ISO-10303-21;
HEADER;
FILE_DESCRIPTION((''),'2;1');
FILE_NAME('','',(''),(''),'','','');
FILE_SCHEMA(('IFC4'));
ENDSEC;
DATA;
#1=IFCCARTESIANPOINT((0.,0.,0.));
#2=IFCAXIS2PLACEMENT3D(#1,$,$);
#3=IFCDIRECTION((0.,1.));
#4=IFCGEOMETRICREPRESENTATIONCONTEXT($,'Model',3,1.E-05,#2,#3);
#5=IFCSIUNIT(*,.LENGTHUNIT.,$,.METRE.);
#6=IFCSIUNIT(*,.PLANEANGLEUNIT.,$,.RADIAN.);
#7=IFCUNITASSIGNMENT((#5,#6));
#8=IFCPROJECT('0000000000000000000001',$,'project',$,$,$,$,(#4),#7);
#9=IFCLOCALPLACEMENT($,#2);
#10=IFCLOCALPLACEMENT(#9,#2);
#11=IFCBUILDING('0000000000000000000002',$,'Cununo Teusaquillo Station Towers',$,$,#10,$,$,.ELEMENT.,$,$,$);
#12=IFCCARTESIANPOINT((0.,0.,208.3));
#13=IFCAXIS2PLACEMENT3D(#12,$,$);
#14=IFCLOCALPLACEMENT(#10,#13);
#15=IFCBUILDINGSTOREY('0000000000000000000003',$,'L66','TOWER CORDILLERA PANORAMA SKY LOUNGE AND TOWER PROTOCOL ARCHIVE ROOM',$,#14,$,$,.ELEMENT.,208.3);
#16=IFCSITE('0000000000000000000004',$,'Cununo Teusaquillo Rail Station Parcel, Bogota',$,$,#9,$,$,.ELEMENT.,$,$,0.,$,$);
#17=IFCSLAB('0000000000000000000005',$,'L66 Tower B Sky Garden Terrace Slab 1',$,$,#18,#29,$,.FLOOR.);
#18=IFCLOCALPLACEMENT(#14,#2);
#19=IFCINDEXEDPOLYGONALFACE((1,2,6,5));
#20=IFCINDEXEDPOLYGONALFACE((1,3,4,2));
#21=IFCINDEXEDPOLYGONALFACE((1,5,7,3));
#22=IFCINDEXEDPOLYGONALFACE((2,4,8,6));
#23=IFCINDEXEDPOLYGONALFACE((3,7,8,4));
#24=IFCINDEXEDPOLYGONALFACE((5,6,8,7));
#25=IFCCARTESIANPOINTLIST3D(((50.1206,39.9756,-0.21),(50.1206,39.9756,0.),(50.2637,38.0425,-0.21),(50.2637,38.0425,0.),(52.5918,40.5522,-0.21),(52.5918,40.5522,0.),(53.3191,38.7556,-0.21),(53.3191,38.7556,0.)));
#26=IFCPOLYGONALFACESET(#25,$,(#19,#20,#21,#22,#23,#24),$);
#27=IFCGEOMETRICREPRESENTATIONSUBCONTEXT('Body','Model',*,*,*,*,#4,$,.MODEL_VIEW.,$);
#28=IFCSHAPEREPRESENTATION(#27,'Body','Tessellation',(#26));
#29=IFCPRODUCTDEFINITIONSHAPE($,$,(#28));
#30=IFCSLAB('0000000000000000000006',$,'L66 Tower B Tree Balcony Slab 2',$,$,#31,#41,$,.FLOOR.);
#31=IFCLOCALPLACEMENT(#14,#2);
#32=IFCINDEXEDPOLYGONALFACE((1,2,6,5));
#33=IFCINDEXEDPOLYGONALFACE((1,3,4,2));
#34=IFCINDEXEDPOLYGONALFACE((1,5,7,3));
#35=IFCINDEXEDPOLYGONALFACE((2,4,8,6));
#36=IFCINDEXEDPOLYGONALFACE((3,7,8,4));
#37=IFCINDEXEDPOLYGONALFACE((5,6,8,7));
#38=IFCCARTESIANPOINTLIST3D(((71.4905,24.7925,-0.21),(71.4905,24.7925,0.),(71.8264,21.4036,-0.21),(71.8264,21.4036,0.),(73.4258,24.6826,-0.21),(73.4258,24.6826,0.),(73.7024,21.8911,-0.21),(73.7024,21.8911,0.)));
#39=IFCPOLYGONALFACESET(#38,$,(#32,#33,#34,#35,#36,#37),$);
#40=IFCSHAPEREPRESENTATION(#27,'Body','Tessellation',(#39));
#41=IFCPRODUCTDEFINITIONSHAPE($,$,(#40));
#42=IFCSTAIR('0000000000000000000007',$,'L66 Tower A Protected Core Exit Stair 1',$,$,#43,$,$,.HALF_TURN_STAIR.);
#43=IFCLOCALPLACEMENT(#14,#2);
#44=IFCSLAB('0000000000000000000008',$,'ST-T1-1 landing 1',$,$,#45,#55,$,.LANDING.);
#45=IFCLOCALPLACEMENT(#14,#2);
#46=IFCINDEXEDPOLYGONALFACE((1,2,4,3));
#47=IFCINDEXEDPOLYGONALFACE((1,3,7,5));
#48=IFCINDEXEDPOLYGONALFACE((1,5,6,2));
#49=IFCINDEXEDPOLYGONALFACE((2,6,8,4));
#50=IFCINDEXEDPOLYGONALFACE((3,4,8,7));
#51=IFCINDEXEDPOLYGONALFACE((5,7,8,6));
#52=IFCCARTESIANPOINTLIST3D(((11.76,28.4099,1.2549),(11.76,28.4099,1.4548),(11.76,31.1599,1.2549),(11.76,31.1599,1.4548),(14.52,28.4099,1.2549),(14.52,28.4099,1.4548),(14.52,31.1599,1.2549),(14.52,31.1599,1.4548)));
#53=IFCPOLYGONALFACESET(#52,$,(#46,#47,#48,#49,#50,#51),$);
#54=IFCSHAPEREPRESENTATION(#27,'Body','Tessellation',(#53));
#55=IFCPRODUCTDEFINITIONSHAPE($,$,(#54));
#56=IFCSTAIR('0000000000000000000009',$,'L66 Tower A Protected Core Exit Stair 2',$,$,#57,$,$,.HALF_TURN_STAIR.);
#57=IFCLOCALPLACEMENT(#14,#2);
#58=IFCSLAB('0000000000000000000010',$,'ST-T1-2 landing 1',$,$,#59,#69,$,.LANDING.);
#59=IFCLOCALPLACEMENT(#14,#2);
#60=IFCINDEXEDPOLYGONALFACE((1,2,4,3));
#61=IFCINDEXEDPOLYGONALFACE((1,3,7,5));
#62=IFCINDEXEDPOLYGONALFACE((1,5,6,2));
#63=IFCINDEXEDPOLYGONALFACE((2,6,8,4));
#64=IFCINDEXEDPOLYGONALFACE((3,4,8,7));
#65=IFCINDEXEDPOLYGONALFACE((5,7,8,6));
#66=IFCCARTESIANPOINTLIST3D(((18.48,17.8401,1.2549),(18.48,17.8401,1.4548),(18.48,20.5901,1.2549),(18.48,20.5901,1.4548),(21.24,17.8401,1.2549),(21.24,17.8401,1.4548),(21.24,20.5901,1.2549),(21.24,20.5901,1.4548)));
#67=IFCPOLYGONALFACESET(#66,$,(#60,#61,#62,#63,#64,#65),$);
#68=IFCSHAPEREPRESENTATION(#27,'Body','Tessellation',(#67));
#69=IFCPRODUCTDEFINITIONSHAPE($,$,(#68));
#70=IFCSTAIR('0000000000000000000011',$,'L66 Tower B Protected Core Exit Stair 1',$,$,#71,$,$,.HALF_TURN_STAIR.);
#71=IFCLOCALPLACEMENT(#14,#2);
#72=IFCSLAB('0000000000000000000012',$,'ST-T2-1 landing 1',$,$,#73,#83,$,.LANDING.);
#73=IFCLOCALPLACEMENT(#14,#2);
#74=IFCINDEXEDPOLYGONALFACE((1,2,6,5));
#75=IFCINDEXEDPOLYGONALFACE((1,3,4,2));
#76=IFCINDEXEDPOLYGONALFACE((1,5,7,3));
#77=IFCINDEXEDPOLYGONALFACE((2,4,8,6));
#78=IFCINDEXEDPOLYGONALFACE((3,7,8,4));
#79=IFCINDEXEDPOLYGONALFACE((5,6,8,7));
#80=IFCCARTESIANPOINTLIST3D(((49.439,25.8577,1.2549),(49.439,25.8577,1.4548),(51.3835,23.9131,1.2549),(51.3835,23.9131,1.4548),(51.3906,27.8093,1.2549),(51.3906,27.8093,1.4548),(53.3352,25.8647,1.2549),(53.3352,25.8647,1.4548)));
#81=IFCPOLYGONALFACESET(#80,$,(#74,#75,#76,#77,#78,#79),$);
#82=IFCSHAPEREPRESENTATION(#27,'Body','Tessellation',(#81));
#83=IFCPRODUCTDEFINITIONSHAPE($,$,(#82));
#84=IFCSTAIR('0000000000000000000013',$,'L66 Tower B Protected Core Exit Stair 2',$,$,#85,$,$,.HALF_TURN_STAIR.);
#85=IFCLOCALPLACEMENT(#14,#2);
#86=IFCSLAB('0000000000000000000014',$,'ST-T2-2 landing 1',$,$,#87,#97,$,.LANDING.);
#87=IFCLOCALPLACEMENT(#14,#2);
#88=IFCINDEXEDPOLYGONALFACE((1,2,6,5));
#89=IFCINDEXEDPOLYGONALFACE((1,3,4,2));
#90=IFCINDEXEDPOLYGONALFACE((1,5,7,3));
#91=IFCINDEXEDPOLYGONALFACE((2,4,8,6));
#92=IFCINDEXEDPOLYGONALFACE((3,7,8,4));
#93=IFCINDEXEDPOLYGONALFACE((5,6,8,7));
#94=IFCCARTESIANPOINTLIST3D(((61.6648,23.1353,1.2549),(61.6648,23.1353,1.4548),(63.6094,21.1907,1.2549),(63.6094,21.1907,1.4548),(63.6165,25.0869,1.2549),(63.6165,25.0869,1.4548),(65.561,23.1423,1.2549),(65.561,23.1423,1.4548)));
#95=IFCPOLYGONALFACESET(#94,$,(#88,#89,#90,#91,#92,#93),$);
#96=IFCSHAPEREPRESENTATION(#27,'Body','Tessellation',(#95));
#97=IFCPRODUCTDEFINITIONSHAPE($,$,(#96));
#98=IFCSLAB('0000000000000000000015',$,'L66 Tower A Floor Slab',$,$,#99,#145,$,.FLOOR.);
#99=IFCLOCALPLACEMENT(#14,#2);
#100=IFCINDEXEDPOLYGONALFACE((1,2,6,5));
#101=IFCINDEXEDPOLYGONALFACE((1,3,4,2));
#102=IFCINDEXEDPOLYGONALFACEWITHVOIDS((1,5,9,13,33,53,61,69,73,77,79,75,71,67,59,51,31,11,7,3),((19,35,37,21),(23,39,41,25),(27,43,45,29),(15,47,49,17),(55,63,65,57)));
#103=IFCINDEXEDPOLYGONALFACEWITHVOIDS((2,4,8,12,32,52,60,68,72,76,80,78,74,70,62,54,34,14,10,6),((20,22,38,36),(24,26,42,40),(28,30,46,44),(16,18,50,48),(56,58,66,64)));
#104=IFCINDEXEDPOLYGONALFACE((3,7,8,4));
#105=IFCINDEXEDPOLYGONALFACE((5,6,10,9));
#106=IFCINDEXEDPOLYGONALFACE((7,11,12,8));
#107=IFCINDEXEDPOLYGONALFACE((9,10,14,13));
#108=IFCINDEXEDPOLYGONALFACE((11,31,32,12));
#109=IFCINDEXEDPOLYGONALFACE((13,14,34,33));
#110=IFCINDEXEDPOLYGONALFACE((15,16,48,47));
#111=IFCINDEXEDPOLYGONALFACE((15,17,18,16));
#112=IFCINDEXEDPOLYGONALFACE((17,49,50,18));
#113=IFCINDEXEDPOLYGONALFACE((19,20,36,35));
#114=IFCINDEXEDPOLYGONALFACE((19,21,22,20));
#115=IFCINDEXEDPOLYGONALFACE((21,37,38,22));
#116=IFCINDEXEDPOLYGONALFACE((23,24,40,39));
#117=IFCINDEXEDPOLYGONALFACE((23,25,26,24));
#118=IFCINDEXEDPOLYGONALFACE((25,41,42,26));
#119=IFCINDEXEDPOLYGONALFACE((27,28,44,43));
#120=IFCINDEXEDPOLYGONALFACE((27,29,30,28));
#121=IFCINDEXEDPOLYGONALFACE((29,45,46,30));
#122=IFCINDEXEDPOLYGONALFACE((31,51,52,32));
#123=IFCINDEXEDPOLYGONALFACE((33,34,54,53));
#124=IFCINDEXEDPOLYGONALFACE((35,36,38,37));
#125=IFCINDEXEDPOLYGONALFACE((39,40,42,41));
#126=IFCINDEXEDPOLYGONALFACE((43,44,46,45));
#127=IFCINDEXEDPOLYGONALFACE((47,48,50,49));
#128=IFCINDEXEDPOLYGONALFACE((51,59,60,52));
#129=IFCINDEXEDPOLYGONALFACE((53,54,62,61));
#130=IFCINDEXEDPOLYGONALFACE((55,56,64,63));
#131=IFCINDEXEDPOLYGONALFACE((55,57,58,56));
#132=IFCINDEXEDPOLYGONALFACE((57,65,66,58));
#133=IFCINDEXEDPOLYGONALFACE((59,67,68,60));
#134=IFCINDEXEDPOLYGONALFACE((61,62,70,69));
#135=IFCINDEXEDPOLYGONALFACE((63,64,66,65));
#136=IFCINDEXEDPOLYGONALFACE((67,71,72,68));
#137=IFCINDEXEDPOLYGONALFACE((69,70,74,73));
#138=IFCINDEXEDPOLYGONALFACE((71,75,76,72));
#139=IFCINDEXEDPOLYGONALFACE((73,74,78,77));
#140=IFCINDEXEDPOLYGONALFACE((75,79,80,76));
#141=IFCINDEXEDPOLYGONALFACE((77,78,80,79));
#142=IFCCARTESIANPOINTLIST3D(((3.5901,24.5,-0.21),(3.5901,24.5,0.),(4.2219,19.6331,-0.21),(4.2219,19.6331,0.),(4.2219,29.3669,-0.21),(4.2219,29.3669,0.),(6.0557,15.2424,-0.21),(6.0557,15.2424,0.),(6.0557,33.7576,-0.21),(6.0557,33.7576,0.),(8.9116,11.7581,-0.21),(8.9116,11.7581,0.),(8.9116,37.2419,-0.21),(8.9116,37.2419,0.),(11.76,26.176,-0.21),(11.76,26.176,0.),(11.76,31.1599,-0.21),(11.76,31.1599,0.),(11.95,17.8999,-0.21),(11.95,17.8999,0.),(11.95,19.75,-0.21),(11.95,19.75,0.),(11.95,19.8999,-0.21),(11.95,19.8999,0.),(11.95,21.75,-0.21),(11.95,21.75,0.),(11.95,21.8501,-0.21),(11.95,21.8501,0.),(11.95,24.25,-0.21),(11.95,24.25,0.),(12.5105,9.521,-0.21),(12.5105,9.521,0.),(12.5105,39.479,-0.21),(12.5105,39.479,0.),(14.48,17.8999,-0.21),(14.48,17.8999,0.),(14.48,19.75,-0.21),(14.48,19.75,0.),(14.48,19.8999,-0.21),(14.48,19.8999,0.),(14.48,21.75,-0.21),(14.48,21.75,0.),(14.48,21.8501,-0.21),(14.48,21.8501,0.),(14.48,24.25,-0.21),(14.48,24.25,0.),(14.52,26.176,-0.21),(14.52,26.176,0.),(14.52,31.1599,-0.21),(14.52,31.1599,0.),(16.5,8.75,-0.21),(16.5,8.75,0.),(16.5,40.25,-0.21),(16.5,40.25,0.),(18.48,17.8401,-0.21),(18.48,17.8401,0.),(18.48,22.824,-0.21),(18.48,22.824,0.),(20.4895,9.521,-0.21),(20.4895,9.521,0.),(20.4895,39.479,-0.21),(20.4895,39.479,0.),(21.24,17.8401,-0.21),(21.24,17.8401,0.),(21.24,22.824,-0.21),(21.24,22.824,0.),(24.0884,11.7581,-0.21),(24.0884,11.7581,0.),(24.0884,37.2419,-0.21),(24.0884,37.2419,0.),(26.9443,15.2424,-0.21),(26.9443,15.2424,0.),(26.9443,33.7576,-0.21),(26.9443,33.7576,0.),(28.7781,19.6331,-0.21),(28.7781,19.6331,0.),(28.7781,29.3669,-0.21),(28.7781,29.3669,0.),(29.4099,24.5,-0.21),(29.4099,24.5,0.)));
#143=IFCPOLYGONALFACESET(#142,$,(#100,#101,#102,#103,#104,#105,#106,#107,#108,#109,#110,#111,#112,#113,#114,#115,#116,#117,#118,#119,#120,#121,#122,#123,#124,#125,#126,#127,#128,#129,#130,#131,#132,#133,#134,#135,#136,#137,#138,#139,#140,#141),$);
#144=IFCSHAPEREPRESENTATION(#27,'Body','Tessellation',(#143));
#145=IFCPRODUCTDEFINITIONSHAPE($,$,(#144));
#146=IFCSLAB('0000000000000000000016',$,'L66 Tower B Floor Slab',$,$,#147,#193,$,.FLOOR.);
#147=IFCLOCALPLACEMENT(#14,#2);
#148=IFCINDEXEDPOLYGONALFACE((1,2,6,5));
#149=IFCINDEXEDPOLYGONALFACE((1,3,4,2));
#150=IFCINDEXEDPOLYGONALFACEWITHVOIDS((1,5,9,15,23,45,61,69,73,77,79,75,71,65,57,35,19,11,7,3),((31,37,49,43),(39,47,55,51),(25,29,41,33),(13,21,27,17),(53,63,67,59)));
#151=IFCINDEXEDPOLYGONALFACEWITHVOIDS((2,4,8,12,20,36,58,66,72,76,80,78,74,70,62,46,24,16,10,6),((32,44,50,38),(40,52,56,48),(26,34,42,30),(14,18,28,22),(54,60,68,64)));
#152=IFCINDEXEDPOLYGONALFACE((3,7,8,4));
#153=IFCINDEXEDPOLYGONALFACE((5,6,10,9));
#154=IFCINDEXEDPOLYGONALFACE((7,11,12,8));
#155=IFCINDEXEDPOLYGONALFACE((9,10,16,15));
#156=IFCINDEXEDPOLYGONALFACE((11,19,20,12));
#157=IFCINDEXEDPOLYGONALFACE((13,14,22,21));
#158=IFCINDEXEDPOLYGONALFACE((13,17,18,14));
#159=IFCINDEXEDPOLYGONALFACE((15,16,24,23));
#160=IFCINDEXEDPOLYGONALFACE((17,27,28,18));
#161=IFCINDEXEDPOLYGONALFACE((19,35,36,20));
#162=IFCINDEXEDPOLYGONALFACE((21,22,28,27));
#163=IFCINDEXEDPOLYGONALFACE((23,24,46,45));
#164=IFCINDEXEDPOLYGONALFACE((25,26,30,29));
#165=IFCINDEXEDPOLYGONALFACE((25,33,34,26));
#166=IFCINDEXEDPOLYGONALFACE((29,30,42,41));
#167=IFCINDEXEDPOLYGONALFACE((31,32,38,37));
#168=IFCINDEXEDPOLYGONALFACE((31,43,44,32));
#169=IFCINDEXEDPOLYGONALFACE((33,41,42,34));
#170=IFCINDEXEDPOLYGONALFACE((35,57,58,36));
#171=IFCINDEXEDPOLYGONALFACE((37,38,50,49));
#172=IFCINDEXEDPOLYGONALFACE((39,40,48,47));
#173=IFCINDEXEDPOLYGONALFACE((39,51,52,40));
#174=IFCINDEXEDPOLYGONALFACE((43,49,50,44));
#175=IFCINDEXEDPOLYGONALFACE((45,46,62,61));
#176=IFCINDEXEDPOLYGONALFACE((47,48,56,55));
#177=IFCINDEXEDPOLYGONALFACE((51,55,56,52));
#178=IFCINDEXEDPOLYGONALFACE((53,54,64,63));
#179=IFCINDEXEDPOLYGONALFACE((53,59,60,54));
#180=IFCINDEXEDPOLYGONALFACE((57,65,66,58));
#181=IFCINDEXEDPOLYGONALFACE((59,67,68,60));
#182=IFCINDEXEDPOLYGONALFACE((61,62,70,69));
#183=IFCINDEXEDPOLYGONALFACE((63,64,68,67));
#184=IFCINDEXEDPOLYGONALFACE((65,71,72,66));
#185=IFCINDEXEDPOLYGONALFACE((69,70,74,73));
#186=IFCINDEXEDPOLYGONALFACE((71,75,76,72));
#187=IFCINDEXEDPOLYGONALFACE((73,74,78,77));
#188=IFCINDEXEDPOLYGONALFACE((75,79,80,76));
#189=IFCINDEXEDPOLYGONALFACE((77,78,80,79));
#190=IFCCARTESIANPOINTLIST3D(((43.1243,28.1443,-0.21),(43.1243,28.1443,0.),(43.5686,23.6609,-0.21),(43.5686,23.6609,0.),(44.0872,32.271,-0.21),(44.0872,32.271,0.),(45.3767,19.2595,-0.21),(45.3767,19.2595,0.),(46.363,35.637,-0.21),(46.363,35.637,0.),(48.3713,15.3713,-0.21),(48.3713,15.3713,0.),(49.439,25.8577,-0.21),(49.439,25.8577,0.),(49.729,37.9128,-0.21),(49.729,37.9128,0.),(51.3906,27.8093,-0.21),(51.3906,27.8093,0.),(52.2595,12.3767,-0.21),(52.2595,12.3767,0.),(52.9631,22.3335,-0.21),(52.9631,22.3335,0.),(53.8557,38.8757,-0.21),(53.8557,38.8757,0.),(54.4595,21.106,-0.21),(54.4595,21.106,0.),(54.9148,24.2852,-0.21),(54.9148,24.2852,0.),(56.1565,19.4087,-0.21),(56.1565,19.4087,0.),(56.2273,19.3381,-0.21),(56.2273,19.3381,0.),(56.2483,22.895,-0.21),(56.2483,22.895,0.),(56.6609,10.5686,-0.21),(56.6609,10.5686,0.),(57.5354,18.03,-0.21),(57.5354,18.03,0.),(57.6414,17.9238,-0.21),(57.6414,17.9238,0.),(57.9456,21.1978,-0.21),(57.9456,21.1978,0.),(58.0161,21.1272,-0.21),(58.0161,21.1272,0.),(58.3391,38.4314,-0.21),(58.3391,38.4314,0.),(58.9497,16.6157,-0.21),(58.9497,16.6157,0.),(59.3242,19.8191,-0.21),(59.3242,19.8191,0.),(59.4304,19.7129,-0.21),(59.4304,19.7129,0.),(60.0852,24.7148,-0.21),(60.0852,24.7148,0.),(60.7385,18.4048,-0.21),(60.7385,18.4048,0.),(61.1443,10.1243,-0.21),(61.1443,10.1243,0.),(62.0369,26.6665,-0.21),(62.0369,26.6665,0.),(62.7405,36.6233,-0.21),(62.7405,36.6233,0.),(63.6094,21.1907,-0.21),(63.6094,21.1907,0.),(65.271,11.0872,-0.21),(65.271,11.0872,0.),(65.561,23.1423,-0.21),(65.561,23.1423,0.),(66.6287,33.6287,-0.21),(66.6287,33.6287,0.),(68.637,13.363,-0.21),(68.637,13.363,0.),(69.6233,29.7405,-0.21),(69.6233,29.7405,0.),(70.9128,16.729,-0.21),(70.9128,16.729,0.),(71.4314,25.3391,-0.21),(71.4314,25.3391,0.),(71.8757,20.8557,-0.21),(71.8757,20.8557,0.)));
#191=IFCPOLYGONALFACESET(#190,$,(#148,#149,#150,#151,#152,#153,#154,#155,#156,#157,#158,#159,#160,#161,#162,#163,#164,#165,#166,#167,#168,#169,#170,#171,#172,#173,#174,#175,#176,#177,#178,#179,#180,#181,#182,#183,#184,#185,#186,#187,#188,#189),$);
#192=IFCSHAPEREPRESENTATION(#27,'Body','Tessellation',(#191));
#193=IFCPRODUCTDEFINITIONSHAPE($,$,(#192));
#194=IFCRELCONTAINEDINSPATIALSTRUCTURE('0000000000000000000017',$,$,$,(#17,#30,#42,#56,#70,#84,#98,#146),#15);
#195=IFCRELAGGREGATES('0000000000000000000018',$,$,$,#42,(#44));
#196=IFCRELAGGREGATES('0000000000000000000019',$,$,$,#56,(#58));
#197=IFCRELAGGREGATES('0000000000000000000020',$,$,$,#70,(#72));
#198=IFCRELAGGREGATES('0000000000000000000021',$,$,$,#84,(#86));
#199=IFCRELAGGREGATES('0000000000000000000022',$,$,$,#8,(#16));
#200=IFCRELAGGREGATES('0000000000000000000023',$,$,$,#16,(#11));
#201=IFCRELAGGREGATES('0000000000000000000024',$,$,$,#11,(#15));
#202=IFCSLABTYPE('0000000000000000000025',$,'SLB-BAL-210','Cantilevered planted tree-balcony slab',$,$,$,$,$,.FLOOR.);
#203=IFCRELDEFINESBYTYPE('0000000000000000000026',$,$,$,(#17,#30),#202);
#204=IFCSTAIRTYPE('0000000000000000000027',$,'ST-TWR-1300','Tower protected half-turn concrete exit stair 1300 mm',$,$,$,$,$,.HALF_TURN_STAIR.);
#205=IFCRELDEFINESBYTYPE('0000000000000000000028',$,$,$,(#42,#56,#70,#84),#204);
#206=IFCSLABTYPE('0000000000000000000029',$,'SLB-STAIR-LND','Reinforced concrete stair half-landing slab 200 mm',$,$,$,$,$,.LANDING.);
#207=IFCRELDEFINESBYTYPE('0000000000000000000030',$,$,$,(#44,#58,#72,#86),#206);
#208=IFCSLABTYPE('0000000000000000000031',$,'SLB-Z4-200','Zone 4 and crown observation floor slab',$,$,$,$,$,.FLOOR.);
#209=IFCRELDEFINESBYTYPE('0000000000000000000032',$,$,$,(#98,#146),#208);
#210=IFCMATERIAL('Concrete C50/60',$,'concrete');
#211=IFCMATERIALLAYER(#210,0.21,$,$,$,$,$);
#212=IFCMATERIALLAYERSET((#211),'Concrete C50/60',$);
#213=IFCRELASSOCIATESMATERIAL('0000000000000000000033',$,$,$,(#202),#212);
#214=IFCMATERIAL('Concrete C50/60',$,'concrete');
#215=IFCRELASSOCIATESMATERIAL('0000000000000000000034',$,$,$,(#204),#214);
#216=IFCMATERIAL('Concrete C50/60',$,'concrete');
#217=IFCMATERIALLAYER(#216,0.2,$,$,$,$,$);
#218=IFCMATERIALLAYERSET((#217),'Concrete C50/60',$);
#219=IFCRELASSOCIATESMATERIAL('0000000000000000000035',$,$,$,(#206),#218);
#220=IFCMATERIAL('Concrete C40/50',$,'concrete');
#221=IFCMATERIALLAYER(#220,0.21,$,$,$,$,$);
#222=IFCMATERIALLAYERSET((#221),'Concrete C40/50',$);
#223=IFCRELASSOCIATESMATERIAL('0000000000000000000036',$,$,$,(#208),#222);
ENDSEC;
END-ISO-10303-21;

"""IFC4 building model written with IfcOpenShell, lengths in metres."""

from ifc_helpers import new_model, si_unit, direction, frame, origin, place, context, subcontext, project, spatial, polyline, outline, extrude, material, layer, layer_set, type_object, element, aggregate, save


model = new_model("IFC4")

# Units and contexts
model_context = context("Model", 3, precision=1e-05, world=origin(), true_north=direction((0.0, 1.0)))
body_context = subcontext(model_context, "Body", "Model", "MODEL_VIEW")
ifc_project = project(units=[si_unit("LENGTHUNIT", "METRE"), si_unit("PLANEANGLEUNIT", "RADIAN")], contexts=[model_context])

# Site, building, storey
site_placement = place(None, origin())
site = spatial("IfcSite", under=ifc_project, at=site_placement, Name="Cununo Teusaquillo Rail Station Parcel, Bogota", CompositionType="ELEMENT", RefElevation=0.0)
building_placement = place(site_placement, origin())
building = spatial("IfcBuilding", under=site, at=building_placement, Name="Cununo Teusaquillo Station Towers", CompositionType="ELEMENT")
storey_placement = place(building_placement, frame((0.0, 0.0, 208.3)))
storey = spatial("IfcBuildingStorey", under=building, at=storey_placement, Name="L66", Description="TOWER CORDILLERA PANORAMA SKY LOUNGE AND TOWER PROTOCOL ARCHIVE ROOM", CompositionType="ELEMENT", Elevation=208.3)

# Slabs
ifc_material_1 = material(Name="Concrete C50/60", Category="concrete")
ifc_layer_1 = layer(ifc_material_1, 0.21)
ifc_layer_set_1 = layer_set([ifc_layer_1], Name="Concrete C50/60")
slab_type_1 = type_object("IfcSlabType", Name="SLB-BAL-210", Description="Cantilevered planted tree-balcony slab", PredefinedType="FLOOR", material=ifc_layer_set_1)
slab_1_placement = place(storey_placement, frame((0.0, 0.0, -0.21)))
element("IfcSlab", 1, at=slab_1_placement, inside=storey, type_object=slab_type_1, Name="L66 Tower B Sky Garden Terrace Slab 1", PredefinedType="FLOOR", context=body_context, shape_type="SweptSolid", body=[
    extrude(outline(polyline([(53.3191, 38.7556), (50.2637, 38.0425), (50.1206, 39.9756), (52.5918, 40.5522), (53.3191, 38.7556)])), origin(), (0.0, 0.0, 1.0), 0.21),
])
slab_2_placement = place(storey_placement, frame((0.0, 0.0, -0.21)))
element("IfcSlab", 2, at=slab_2_placement, inside=storey, type_object=slab_type_1, Name="L66 Tower B Tree Balcony Slab 2", PredefinedType="FLOOR", context=body_context, shape_type="SweptSolid", body=[
    extrude(outline(polyline([(71.8264, 21.4036), (71.4905, 24.7925), (73.4258, 24.6826), (73.7024, 21.8911), (71.8264, 21.4036)])), origin(), (0.0, 0.0, 1.0), 0.21),
])

# Stairs, slabs
ifc_material_2 = material(Name="Concrete C50/60", Category="concrete")
stair_type = type_object("IfcStairType", Name="ST-TWR-1300", Description="Tower protected half-turn concrete exit stair 1300 mm", PredefinedType="HALF_TURN_STAIR", material=ifc_material_2)
stair_1_placement = place(storey_placement, origin())
stair_1 = element("IfcStair", 3, at=stair_1_placement, inside=storey, type_object=stair_type, Name="L66 Tower A Protected Core Exit Stair 1", PredefinedType="HALF_TURN_STAIR")
ifc_material_3 = material(Name="Concrete C50/60", Category="concrete")
ifc_layer_2 = layer(ifc_material_3, 0.2)
ifc_layer_set_2 = layer_set([ifc_layer_2], Name="Concrete C50/60")
slab_type_2 = type_object("IfcSlabType", Name="SLB-STAIR-LND", Description="Reinforced concrete stair half-landing slab 200 mm", PredefinedType="LANDING", material=ifc_layer_set_2)
slab_3_placement = place(storey_placement, frame((0.0, 0.0, 1.2549)))
slab_3 = element("IfcSlab", 4, at=slab_3_placement, type_object=slab_type_2, Name="ST-T1-1 landing 1", PredefinedType="LANDING", context=body_context, shape_type="SweptSolid", body=[
    extrude(outline(polyline([(14.52, 28.4099), (14.52, 31.1599), (11.76, 31.1599), (11.76, 28.4099), (14.52, 28.4099)])), origin(), (0.0, 0.0, 1.0), 0.2),
])
aggregate(stair_1, [slab_3])
stair_2_placement = place(storey_placement, origin())
stair_2 = element("IfcStair", 5, at=stair_2_placement, inside=storey, type_object=stair_type, Name="L66 Tower A Protected Core Exit Stair 2", PredefinedType="HALF_TURN_STAIR")
slab_4_placement = place(storey_placement, frame((0.0, 0.0, 1.2549)))
slab_4 = element("IfcSlab", 6, at=slab_4_placement, type_object=slab_type_2, Name="ST-T1-2 landing 1", PredefinedType="LANDING", context=body_context, shape_type="SweptSolid", body=[
    extrude(outline(polyline([(18.48, 20.5901), (18.48, 17.8401), (21.24, 17.8401), (21.24, 20.5901), (18.48, 20.5901)])), origin(), (0.0, 0.0, 1.0), 0.2),
])
aggregate(stair_2, [slab_4])
stair_3_placement = place(storey_placement, origin())
stair_3 = element("IfcStair", 7, at=stair_3_placement, inside=storey, type_object=stair_type, Name="L66 Tower B Protected Core Exit Stair 1", PredefinedType="HALF_TURN_STAIR")
slab_5_placement = place(storey_placement, frame((0.0, 0.0, 1.2549)))
slab_5 = element("IfcSlab", 8, at=slab_5_placement, type_object=slab_type_2, Name="ST-T2-1 landing 1", PredefinedType="LANDING", context=body_context, shape_type="SweptSolid", body=[
    extrude(outline(polyline([(53.3352, 25.8647), (51.3906, 27.8093), (49.439, 25.8577), (51.3835, 23.9131), (53.3352, 25.8647)])), origin(), (0.0, 0.0, 1.0), 0.2),
])
aggregate(stair_3, [slab_5])
stair_4_placement = place(storey_placement, origin())
stair_4 = element("IfcStair", 9, at=stair_4_placement, inside=storey, type_object=stair_type, Name="L66 Tower B Protected Core Exit Stair 2", PredefinedType="HALF_TURN_STAIR")
slab_6_placement = place(storey_placement, frame((0.0, 0.0, 1.2549)))
slab_6 = element("IfcSlab", 10, at=slab_6_placement, type_object=slab_type_2, Name="ST-T2-2 landing 1", PredefinedType="LANDING", context=body_context, shape_type="SweptSolid", body=[
    extrude(outline(polyline([(61.6648, 23.1353), (63.6094, 21.1907), (65.561, 23.1423), (63.6165, 25.0869), (61.6648, 23.1353)])), origin(), (0.0, 0.0, 1.0), 0.2),
])
aggregate(stair_4, [slab_6])

# Slabs
ifc_material_4 = material(Name="Concrete C40/50", Category="concrete")
ifc_layer_3 = layer(ifc_material_4, 0.21)
ifc_layer_set_3 = layer_set([ifc_layer_3], Name="Concrete C40/50")
slab_type_3 = type_object("IfcSlabType", Name="SLB-Z4-200", Description="Zone 4 and crown observation floor slab", PredefinedType="FLOOR", material=ifc_layer_set_3)
slab_7_placement = place(storey_placement, frame((0.0, 0.0, -0.21)))
element("IfcSlab", 11, at=slab_7_placement, inside=storey, type_object=slab_type_3, Name="L66 Tower A Floor Slab", PredefinedType="FLOOR", context=body_context, shape_type="SweptSolid", body=[
    extrude(outline(polyline([(29.4099, 24.5), (28.7781, 29.3669), (26.9443, 33.7576), (24.0884, 37.2419), (20.4895, 39.479), (16.5, 40.25), (12.5105, 39.479), (8.9116, 37.2419), (6.0557, 33.7576), (4.2219, 29.3669), (3.5901, 24.5), (4.2219, 19.6331), (6.0557, 15.2424), (8.9116, 11.7581), (12.5105, 9.521), (16.5, 8.75), (20.4895, 9.521), (24.0884, 11.7581), (26.9443, 15.2424), (28.7781, 19.6331), (29.4099, 24.5)]), holes=[polyline([(14.52, 26.176), (14.52, 31.1599), (11.76, 31.1599), (11.76, 26.176), (14.52, 26.176)]), polyline([(18.48, 22.824), (18.48, 17.8401), (21.24, 17.8401), (21.24, 22.824), (18.48, 22.824)]), polyline([(11.95, 21.8501), (14.48, 21.8501), (14.48, 24.25), (11.95, 24.25), (11.95, 21.8501)]), polyline([(11.95, 17.8999), (14.48, 17.8999), (14.48, 19.75), (11.95, 19.75), (11.95, 17.8999)]), polyline([(11.95, 19.8999), (14.48, 19.8999), (14.48, 21.75), (11.95, 21.75), (11.95, 19.8999)])]), origin(), (0.0, 0.0, 1.0), 0.21),
])
slab_8_placement = place(storey_placement, frame((0.0, 0.0, -0.21)))
element("IfcSlab", 12, at=slab_8_placement, inside=storey, type_object=slab_type_3, Name="L66 Tower B Floor Slab", PredefinedType="FLOOR", context=body_context, shape_type="SweptSolid", body=[
    extrude(outline(polyline([(66.6287, 33.6287), (62.7405, 36.6233), (58.3391, 38.4314), (53.8557, 38.8757), (49.729, 37.9128), (46.363, 35.637), (44.0872, 32.271), (43.1243, 28.1443), (43.5686, 23.6609), (45.3767, 19.2595), (48.3713, 15.3713), (52.2595, 12.3767), (56.6609, 10.5686), (61.1443, 10.1243), (65.271, 11.0872), (68.637, 13.363), (70.9128, 16.729), (71.8757, 20.8557), (71.4314, 25.3391), (69.6233, 29.7405), (66.6287, 33.6287)]), holes=[polyline([(54.9148, 24.2852), (51.3906, 27.8093), (49.439, 25.8577), (52.9631, 22.3335), (54.9148, 24.2852)]), polyline([(60.0852, 24.7148), (63.6094, 21.1907), (65.561, 23.1423), (62.0369, 26.6665), (60.0852, 24.7148)]), polyline([(56.1565, 19.4087), (57.9456, 21.1978), (56.2483, 22.895), (54.4595, 21.106), (56.1565, 19.4087)]), polyline([(58.9497, 16.6157), (60.7385, 18.4048), (59.4304, 19.7129), (57.6414, 17.9238), (58.9497, 16.6157)]), polyline([(57.5354, 18.03), (59.3242, 19.8191), (58.0161, 21.1272), (56.2273, 19.3381), (57.5354, 18.03)])]), origin(), (0.0, 0.0, 1.0), 0.21),
])

save(model, "model.ifc")
